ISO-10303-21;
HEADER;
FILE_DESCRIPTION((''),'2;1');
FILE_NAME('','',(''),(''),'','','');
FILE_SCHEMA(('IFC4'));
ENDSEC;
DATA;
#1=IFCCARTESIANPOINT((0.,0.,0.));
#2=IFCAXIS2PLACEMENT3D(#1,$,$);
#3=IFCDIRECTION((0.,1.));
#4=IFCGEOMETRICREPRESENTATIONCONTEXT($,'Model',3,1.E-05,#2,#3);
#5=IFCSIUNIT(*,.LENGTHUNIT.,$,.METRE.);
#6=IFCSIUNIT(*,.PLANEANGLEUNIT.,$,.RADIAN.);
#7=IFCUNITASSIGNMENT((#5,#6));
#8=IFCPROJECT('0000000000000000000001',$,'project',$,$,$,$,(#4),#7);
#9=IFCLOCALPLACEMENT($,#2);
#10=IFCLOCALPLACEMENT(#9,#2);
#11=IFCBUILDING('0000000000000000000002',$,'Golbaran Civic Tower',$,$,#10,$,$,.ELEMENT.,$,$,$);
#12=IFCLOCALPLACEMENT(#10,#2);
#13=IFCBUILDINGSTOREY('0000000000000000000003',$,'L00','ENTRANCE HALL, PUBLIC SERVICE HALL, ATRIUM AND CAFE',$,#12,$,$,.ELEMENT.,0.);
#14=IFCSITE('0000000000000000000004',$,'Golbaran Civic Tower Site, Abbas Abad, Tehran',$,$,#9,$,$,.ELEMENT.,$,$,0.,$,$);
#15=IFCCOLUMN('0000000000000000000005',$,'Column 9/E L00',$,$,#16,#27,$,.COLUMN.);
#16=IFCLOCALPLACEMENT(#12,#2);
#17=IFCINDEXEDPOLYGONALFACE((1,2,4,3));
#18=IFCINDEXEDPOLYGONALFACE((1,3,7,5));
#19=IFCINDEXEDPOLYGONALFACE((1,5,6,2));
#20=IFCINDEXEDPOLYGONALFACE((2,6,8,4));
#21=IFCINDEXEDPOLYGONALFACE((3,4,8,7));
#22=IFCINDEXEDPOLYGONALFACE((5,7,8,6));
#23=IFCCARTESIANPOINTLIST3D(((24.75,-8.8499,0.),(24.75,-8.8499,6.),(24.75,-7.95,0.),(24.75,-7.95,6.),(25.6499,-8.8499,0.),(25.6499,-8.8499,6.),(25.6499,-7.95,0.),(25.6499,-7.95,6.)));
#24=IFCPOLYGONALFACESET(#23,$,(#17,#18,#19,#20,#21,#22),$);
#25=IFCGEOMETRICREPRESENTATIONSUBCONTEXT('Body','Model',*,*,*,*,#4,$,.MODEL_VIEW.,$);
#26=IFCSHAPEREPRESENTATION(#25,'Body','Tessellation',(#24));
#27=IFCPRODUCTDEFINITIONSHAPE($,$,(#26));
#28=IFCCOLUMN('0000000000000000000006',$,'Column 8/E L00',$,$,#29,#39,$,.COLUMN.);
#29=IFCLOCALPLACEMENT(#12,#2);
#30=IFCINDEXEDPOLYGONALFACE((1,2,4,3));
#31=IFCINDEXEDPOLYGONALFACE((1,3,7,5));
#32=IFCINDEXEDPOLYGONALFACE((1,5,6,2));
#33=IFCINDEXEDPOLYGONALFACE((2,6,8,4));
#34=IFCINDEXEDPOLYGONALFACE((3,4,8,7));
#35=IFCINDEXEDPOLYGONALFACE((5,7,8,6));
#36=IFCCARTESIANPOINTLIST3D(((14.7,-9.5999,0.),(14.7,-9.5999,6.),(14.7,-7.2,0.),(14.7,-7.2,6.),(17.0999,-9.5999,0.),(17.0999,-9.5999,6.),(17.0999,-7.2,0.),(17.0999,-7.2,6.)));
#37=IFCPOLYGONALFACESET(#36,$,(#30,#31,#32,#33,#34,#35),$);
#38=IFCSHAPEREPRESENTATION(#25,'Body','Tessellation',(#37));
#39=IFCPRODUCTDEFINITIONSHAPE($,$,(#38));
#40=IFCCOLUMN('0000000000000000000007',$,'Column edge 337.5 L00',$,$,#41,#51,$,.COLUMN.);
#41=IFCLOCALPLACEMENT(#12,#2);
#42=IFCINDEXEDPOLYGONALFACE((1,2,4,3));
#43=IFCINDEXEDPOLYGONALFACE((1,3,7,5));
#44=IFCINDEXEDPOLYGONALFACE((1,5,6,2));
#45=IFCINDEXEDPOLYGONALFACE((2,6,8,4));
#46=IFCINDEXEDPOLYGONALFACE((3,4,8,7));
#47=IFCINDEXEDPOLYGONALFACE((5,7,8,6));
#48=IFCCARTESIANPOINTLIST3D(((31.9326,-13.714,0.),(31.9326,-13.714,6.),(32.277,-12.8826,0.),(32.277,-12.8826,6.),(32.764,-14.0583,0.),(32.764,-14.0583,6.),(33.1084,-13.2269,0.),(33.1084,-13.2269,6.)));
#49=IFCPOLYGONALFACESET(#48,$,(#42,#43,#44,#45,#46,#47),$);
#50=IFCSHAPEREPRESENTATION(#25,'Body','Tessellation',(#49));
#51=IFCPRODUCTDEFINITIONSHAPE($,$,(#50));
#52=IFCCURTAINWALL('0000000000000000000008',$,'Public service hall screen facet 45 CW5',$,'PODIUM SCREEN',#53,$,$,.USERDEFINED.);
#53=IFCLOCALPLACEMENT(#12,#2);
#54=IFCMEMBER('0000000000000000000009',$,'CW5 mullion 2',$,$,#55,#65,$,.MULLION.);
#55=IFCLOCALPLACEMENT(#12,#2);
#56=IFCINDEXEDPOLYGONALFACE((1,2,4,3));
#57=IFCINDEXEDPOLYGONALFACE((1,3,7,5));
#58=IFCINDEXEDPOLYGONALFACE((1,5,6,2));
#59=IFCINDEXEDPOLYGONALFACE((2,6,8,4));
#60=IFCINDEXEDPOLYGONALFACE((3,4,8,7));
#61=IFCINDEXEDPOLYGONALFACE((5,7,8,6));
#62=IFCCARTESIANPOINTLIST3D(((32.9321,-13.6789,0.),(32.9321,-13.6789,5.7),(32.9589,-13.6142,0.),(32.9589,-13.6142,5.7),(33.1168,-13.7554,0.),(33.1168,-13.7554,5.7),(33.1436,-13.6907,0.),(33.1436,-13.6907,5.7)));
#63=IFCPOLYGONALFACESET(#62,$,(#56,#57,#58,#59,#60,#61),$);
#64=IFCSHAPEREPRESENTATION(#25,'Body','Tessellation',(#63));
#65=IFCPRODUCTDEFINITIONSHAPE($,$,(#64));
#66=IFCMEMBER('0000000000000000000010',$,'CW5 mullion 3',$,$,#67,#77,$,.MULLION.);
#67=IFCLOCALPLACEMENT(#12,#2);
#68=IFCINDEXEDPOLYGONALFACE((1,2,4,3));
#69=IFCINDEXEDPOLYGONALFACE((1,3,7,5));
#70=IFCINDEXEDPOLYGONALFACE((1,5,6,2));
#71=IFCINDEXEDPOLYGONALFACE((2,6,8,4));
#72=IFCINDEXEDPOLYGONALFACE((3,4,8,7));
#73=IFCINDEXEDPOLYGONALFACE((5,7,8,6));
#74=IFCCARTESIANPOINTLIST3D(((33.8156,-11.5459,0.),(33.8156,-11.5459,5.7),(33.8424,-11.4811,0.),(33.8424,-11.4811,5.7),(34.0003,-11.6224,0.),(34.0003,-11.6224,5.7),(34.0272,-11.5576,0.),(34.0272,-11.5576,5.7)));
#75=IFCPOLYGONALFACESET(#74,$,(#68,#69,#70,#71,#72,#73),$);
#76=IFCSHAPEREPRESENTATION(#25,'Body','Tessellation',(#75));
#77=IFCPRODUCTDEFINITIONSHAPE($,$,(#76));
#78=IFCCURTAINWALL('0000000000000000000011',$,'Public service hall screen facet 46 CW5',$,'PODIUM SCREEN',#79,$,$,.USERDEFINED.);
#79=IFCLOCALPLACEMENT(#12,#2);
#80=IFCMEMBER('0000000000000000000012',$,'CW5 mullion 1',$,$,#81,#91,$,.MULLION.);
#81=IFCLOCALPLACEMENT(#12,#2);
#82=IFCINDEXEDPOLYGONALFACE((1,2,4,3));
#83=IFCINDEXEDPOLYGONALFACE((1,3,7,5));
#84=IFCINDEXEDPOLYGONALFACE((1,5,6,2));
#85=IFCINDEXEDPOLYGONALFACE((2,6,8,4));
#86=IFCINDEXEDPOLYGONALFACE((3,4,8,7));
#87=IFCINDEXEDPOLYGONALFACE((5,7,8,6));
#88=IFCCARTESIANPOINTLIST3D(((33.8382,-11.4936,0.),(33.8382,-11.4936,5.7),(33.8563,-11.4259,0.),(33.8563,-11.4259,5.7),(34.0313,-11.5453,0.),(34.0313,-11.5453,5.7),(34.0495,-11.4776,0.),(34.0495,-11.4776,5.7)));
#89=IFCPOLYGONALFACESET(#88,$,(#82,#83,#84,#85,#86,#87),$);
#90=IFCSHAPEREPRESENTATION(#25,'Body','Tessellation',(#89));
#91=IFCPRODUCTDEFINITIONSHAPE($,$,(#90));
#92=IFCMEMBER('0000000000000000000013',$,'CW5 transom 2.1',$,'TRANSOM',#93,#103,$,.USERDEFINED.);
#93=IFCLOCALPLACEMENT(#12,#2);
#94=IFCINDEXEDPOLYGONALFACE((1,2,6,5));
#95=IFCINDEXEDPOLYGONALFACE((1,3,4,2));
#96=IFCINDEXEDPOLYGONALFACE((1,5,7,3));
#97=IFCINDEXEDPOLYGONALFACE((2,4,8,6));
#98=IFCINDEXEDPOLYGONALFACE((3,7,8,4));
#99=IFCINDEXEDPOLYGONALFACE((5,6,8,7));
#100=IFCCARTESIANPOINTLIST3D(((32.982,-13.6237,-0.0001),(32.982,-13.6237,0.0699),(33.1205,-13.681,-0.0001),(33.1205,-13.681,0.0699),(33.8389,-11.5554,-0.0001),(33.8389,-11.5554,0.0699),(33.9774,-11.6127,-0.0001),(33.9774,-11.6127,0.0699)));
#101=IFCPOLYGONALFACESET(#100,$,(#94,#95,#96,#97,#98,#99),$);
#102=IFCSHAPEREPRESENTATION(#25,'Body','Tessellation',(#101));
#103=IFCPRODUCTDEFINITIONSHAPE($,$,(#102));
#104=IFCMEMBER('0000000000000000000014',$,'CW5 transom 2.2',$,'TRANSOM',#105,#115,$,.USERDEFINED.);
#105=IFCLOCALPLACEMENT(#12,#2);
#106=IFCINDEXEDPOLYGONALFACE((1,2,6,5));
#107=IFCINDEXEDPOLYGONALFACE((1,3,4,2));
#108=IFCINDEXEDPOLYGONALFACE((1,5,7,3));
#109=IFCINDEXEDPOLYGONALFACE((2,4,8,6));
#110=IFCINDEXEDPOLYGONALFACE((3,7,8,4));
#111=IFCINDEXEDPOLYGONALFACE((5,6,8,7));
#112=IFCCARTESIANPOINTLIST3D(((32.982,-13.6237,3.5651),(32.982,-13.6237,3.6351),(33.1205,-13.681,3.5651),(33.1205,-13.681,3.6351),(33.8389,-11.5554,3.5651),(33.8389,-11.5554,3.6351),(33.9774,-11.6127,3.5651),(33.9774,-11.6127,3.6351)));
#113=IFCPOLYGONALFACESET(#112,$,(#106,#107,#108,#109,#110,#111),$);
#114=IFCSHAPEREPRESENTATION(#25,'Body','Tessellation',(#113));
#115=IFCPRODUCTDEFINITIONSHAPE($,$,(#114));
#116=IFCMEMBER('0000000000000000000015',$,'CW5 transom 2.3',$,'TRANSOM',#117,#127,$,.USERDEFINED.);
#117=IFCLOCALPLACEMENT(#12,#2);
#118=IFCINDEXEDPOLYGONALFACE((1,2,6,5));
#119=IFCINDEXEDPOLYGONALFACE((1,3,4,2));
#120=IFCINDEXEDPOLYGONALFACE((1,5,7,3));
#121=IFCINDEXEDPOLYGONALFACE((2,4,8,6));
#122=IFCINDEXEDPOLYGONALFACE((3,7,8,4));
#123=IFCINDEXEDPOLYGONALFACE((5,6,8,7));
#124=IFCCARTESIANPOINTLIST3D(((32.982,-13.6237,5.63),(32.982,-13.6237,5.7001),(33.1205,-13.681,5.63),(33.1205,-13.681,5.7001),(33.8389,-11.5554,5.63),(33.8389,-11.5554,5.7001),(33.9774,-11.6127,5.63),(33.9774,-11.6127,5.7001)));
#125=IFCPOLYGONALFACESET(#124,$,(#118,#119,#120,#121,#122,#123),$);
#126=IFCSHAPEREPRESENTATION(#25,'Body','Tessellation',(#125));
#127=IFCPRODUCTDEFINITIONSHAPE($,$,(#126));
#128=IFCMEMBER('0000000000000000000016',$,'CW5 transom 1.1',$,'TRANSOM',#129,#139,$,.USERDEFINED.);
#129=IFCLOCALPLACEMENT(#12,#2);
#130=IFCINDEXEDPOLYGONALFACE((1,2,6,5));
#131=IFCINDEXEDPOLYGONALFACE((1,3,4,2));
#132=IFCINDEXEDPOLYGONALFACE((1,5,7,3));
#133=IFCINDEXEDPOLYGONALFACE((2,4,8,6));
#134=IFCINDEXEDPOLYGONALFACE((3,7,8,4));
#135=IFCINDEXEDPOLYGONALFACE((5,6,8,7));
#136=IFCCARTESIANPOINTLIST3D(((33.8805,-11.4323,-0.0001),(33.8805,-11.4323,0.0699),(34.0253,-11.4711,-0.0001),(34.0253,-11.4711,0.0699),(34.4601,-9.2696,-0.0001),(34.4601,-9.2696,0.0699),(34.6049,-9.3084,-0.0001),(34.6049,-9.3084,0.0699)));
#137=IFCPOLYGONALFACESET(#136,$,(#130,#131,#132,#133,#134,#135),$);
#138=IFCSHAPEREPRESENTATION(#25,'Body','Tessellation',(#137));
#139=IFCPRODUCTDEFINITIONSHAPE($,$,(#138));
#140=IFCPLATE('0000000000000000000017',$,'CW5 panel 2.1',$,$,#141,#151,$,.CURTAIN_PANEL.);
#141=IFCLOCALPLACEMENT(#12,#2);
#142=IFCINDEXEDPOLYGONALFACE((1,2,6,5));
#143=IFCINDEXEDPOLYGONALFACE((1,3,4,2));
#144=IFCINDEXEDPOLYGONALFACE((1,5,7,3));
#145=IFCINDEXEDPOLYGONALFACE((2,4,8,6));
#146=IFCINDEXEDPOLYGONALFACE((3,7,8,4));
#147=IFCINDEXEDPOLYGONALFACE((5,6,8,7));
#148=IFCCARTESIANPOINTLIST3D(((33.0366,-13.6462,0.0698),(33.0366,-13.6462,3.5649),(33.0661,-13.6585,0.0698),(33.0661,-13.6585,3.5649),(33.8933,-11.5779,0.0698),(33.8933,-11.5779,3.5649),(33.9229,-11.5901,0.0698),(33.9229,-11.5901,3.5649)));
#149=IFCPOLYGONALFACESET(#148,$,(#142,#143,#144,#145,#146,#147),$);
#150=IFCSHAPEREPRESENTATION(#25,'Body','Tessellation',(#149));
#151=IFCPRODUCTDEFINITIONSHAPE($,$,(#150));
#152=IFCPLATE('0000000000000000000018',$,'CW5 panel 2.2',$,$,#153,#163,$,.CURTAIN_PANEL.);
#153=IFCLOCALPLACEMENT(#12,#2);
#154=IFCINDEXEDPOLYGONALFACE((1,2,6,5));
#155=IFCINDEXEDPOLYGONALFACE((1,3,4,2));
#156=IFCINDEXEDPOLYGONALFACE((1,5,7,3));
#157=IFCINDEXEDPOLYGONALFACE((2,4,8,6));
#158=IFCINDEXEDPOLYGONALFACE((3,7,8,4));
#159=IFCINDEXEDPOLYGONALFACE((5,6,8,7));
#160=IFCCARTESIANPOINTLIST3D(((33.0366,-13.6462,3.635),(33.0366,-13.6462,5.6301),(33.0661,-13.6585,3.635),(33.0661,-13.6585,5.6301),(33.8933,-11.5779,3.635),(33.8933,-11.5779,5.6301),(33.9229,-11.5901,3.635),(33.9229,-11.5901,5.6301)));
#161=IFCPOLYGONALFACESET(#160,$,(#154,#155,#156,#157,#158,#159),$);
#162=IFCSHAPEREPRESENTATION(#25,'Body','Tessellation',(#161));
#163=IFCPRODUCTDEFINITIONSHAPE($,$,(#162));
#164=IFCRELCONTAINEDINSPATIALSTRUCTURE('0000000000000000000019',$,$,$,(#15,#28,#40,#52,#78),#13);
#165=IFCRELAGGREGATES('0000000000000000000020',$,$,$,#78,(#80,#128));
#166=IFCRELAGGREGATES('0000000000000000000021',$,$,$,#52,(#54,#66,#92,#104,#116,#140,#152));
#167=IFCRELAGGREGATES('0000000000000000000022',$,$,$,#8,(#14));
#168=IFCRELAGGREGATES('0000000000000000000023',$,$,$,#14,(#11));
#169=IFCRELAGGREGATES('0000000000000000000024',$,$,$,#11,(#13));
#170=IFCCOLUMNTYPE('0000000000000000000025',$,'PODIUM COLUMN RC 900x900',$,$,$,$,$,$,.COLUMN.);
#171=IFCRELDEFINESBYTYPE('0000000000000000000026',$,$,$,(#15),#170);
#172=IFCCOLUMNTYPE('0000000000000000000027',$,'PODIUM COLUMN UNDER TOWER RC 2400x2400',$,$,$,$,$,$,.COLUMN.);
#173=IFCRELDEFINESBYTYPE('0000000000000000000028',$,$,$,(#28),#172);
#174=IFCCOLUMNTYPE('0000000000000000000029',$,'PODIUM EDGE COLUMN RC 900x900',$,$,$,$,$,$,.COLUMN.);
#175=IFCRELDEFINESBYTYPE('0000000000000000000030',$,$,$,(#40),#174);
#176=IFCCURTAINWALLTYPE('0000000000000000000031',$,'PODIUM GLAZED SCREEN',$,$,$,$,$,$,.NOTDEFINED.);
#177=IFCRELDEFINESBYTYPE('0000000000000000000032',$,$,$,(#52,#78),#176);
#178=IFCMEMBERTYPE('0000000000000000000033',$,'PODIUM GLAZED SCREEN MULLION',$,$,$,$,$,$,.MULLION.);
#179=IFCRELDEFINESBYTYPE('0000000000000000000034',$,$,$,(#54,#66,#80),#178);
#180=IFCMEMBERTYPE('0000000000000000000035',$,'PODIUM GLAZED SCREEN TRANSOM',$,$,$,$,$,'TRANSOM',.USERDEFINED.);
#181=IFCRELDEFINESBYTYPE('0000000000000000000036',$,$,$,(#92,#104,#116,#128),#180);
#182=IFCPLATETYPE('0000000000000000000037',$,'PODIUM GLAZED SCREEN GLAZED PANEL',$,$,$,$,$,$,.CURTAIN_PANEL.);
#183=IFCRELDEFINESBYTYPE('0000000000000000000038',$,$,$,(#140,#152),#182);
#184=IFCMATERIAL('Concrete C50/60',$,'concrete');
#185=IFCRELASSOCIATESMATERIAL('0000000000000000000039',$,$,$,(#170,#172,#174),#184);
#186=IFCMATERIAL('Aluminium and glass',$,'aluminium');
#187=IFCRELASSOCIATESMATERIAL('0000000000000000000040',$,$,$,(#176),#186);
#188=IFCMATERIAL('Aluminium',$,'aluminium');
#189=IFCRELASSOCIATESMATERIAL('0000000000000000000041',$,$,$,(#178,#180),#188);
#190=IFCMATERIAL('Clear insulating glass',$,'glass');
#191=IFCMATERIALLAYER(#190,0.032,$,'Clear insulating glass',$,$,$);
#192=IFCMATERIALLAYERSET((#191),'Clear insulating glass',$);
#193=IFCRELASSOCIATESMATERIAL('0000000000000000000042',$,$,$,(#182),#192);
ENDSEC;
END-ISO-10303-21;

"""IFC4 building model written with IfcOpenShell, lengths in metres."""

from ifc_helpers import new_model, si_unit, direction, frame, origin, origin_2d, place, context, subcontext, project, spatial, rectangle, extrude, material, layer, layer_set, material_profile, profile_set, type_object, element, aggregate, save


model = new_model("IFC4")

# Units and contexts
model_context = context("Model", 3, precision=1e-05, world=origin(), true_north=direction((0.0, 1.0)))
body_context = subcontext(model_context, "Body", "Model", "MODEL_VIEW")
ifc_project = project(units=[si_unit("LENGTHUNIT", "METRE"), si_unit("PLANEANGLEUNIT", "RADIAN")], contexts=[model_context])

# Site, building, storey
site_placement = place(None, origin())
site = spatial("IfcSite", under=ifc_project, at=site_placement, Name="Golbaran Civic Tower Site, Abbas Abad, Tehran", CompositionType="ELEMENT", RefElevation=0.0)
building_placement = place(site_placement, origin())
building = spatial("IfcBuilding", under=site, at=building_placement, Name="Golbaran Civic Tower", CompositionType="ELEMENT")
storey_placement = place(building_placement, origin())
storey = spatial("IfcBuildingStorey", under=building, at=storey_placement, Name="L00", Description="ENTRANCE HALL, PUBLIC SERVICE HALL, ATRIUM AND CAFE", CompositionType="ELEMENT", Elevation=0.0)

# Columns
ifc_material_1 = material(Name="Concrete C50/60", Category="concrete")
ifc_material_profile_1 = material_profile(ifc_material_1, rectangle(XDim=0.8999, YDim=0.8999, at=origin_2d()), Name="RC 900x900")
ifc_profile_set_1 = profile_set([ifc_material_profile_1], Name="Concrete C50/60")
column_type_1 = type_object("IfcColumnType", Name="PODIUM COLUMN RC 900x900", PredefinedType="COLUMN", material=ifc_profile_set_1)
column_1_placement = place(storey_placement, frame((25.2, -8.3999, 0.0), z_axis=(0.0, 0.0, 1.0), x_axis=(1.0, 0.0, 0.0)))
element("IfcColumn", 1, at=column_1_placement, inside=storey, type_object=column_type_1, Name="Column 9/E L00", PredefinedType="COLUMN", context=body_context, shape_type="SweptSolid", body=[
    extrude(rectangle(XDim=0.8999, YDim=0.8999, at=origin_2d()), origin(), (0.0, 0.0, 1.0), 6.0),
])
ifc_material_profile_2 = material_profile(ifc_material_1, rectangle(XDim=2.3999, YDim=2.3999, at=origin_2d()), Name="RC 2400x2400")
ifc_profile_set_2 = profile_set([ifc_material_profile_2], Name="Concrete C50/60")
column_type_2 = type_object("IfcColumnType", Name="PODIUM COLUMN UNDER TOWER RC 2400x2400", PredefinedType="COLUMN", material=ifc_profile_set_2)
column_2_placement = place(storey_placement, frame((15.8999, -8.3999, 0.0), z_axis=(0.0, 0.0, 1.0), x_axis=(1.0, 0.0, 0.0)))
element("IfcColumn", 2, at=column_2_placement, inside=storey, type_object=column_type_2, Name="Column 8/E L00", PredefinedType="COLUMN", context=body_context, shape_type="SweptSolid", body=[
    extrude(rectangle(XDim=2.3999, YDim=2.3999, at=origin_2d()), origin(), (0.0, 0.0, 1.0), 6.0),
])
ifc_material_profile_3 = material_profile(ifc_material_1, rectangle(XDim=0.8999, YDim=0.8999, at=origin_2d()), Name="RC 900x900")
ifc_profile_set_3 = profile_set([ifc_material_profile_3], Name="Concrete C50/60")
column_type_3 = type_object("IfcColumnType", Name="PODIUM EDGE COLUMN RC 900x900", PredefinedType="COLUMN", material=ifc_profile_set_3)
column_3_placement = place(storey_placement, frame((32.5205, -13.4705, 0.0), z_axis=(0.0, 0.0, 1.0), x_axis=(0.92388, -0.382683, 0.0)))
element("IfcColumn", 3, at=column_3_placement, inside=storey, type_object=column_type_3, Name="Column edge 337.5 L00", PredefinedType="COLUMN", context=body_context, shape_type="SweptSolid", body=[
    extrude(rectangle(XDim=0.8999, YDim=0.8999, at=origin_2d()), origin(), (0.0, 0.0, 1.0), 6.0),
])

# Curtain wall, members
ifc_material_2 = material(Name="Aluminium and glass", Category="aluminium")
curtain_wall_type = type_object("IfcCurtainWallType", Name="PODIUM GLAZED SCREEN", PredefinedType="NOTDEFINED", material=ifc_material_2)
curtain_wall_1_placement = place(storey_placement, origin())
curtain_wall_1 = element("IfcCurtainWall", 4, at=curtain_wall_1_placement, inside=storey, type_object=curtain_wall_type, Name="Public service hall screen facet 45 CW5", ObjectType="PODIUM SCREEN", PredefinedType="USERDEFINED")
ifc_material_3 = material(Name="Aluminium", Category="aluminium")
ifc_material_profile_4 = material_profile(ifc_material_3, rectangle(XDim=0.2, YDim=0.0701, at=origin_2d()), Name="PODIUM GLAZED SCREEN MULLION")
ifc_profile_set_4 = profile_set([ifc_material_profile_4], Name="Aluminium")
member_type_1 = type_object("IfcMemberType", Name="PODIUM GLAZED SCREEN MULLION", PredefinedType="MULLION", material=ifc_profile_set_4)
member_1_placement = place(storey_placement, frame((33.0378, -13.6848, 0.0), z_axis=(0.0, 0.0, 1.0), x_axis=(-0.92388, 0.382683, 0.0)))
member_1 = element("IfcMember", 5, at=member_1_placement, type_object=member_type_1, Name="CW5 mullion 2", PredefinedType="MULLION", context=body_context, shape_type="SweptSolid", body=[
    extrude(rectangle(XDim=0.2, YDim=0.0701, at=origin_2d()), origin(), (0.0, 0.0, 1.0), 5.7),
])
member_2_placement = place(storey_placement, frame((33.9214, -11.5518, 0.0), z_axis=(0.0, 0.0, 1.0), x_axis=(-0.92388, 0.382683, 0.0)))
member_2 = element("IfcMember", 6, at=member_2_placement, type_object=member_type_1, Name="CW5 mullion 3", PredefinedType="MULLION", context=body_context, shape_type="SweptSolid", body=[
    extrude(rectangle(XDim=0.2, YDim=0.0701, at=origin_2d()), origin(), (0.0, 0.0, 1.0), 5.7),
])

# Curtain wall, member
curtain_wall_2_placement = place(storey_placement, origin())
curtain_wall_2 = element("IfcCurtainWall", 7, at=curtain_wall_2_placement, inside=storey, type_object=curtain_wall_type, Name="Public service hall screen facet 46 CW5", ObjectType="PODIUM SCREEN", PredefinedType="USERDEFINED")
member_3_placement = place(storey_placement, frame((33.9438, -11.4856, 0.0), z_axis=(0.0, 0.0, 1.0), x_axis=(-0.965926, 0.258819, 0.0)))
member_3 = element("IfcMember", 8, at=member_3_placement, type_object=member_type_1, Name="CW5 mullion 1", PredefinedType="MULLION", context=body_context, shape_type="SweptSolid", body=[
    extrude(rectangle(XDim=0.2, YDim=0.0701, at=origin_2d()), origin(), (0.0, 0.0, 1.0), 5.7),
])

# Members
ifc_material_profile_5 = material_profile(ifc_material_3, rectangle(XDim=0.1499, YDim=0.0701, at=origin_2d()), Name="PODIUM GLAZED SCREEN TRANSOM")
ifc_profile_set_5 = profile_set([ifc_material_profile_5], Name="Aluminium")
member_type_2 = type_object("IfcMemberType", Name="PODIUM GLAZED SCREEN TRANSOM", ElementType="TRANSOM", PredefinedType="USERDEFINED", material=ifc_profile_set_5)
member_4_placement = place(storey_placement, frame((33.0513, -13.6523, 0.0349), z_axis=(0.382756, 0.923849, 0.0), x_axis=(-0.923849, 0.382756, 0.0)))
member_4 = element("IfcMember", 9, at=member_4_placement, type_object=member_type_2, Name="CW5 transom 2.1", ObjectType="TRANSOM", PredefinedType="USERDEFINED", context=body_context, shape_type="SweptSolid", body=[
    extrude(rectangle(XDim=0.1499, YDim=0.0701, at=origin_2d()), origin(), (0.0, 0.0, 1.0), 2.2388),
])
member_5_placement = place(storey_placement, frame((33.0513, -13.6523, 3.6001), z_axis=(0.382756, 0.923849, 0.0), x_axis=(-0.923849, 0.382756, 0.0)))
member_5 = element("IfcMember", 10, at=member_5_placement, type_object=member_type_2, Name="CW5 transom 2.2", ObjectType="TRANSOM", PredefinedType="USERDEFINED", context=body_context, shape_type="SweptSolid", body=[
    extrude(rectangle(XDim=0.1499, YDim=0.0701, at=origin_2d()), origin(), (0.0, 0.0, 1.0), 2.2388),
])
member_6_placement = place(storey_placement, frame((33.0513, -13.6523, 5.665), z_axis=(0.382756, 0.923849, 0.0), x_axis=(-0.923849, 0.382756, 0.0)))
member_6 = element("IfcMember", 11, at=member_6_placement, type_object=member_type_2, Name="CW5 transom 2.3", ObjectType="TRANSOM", PredefinedType="USERDEFINED", context=body_context, shape_type="SweptSolid", body=[
    extrude(rectangle(XDim=0.1499, YDim=0.0701, at=origin_2d()), origin(), (0.0, 0.0, 1.0), 2.2388),
])
member_7_placement = place(storey_placement, frame((33.9529, -11.4517, 0.0349), z_axis=(0.258871, 0.965912, 0.0), x_axis=(-0.965912, 0.258871, 0.0)))
member_7 = element("IfcMember", 12, at=member_7_placement, type_object=member_type_2, Name="CW5 transom 1.1", ObjectType="TRANSOM", PredefinedType="USERDEFINED", context=body_context, shape_type="SweptSolid", body=[
    extrude(rectangle(XDim=0.1499, YDim=0.0701, at=origin_2d()), origin(), (0.0, 0.0, 1.0), 2.239),
])
aggregate(curtain_wall_2, [member_3, member_7])

# Plates
ifc_material_4 = material(Name="Clear insulating glass", Category="glass")
ifc_layer_1 = layer(ifc_material_4, 0.032, Name="Clear insulating glass")
ifc_layer_set_1 = layer_set([ifc_layer_1], Name="Clear insulating glass")
plate_type = type_object("IfcPlateType", Name="PODIUM GLAZED SCREEN GLAZED PANEL", PredefinedType="CURTAIN_PANEL", material=ifc_layer_set_1)
plate_1_placement = place(storey_placement, frame((33.4797, -12.6182, 0.0698), z_axis=(0.0, 0.0, 1.0), x_axis=(0.382683, 0.92388, 0.0)))
plate_1 = element("IfcPlate", 13, at=plate_1_placement, type_object=plate_type, Name="CW5 panel 2.1", PredefinedType="CURTAIN_PANEL", context=body_context, shape_type="SweptSolid", body=[
    extrude(rectangle(XDim=2.2388, YDim=0.032, at=origin_2d()), origin(), (0.0, 0.0, 1.0), 3.4951),
])
plate_2_placement = place(storey_placement, frame((33.4797, -12.6182, 3.635), z_axis=(0.0, 0.0, 1.0), x_axis=(0.382683, 0.92388, 0.0)))
plate_2 = element("IfcPlate", 14, at=plate_2_placement, type_object=plate_type, Name="CW5 panel 2.2", PredefinedType="CURTAIN_PANEL", context=body_context, shape_type="SweptSolid", body=[
    extrude(rectangle(XDim=2.2388, YDim=0.032, at=origin_2d()), origin(), (0.0, 0.0, 1.0), 1.9951),
])
aggregate(curtain_wall_1, [member_1, member_2, member_4, member_5, member_6, plate_1, plate_2])

save(model, "model.ifc")
